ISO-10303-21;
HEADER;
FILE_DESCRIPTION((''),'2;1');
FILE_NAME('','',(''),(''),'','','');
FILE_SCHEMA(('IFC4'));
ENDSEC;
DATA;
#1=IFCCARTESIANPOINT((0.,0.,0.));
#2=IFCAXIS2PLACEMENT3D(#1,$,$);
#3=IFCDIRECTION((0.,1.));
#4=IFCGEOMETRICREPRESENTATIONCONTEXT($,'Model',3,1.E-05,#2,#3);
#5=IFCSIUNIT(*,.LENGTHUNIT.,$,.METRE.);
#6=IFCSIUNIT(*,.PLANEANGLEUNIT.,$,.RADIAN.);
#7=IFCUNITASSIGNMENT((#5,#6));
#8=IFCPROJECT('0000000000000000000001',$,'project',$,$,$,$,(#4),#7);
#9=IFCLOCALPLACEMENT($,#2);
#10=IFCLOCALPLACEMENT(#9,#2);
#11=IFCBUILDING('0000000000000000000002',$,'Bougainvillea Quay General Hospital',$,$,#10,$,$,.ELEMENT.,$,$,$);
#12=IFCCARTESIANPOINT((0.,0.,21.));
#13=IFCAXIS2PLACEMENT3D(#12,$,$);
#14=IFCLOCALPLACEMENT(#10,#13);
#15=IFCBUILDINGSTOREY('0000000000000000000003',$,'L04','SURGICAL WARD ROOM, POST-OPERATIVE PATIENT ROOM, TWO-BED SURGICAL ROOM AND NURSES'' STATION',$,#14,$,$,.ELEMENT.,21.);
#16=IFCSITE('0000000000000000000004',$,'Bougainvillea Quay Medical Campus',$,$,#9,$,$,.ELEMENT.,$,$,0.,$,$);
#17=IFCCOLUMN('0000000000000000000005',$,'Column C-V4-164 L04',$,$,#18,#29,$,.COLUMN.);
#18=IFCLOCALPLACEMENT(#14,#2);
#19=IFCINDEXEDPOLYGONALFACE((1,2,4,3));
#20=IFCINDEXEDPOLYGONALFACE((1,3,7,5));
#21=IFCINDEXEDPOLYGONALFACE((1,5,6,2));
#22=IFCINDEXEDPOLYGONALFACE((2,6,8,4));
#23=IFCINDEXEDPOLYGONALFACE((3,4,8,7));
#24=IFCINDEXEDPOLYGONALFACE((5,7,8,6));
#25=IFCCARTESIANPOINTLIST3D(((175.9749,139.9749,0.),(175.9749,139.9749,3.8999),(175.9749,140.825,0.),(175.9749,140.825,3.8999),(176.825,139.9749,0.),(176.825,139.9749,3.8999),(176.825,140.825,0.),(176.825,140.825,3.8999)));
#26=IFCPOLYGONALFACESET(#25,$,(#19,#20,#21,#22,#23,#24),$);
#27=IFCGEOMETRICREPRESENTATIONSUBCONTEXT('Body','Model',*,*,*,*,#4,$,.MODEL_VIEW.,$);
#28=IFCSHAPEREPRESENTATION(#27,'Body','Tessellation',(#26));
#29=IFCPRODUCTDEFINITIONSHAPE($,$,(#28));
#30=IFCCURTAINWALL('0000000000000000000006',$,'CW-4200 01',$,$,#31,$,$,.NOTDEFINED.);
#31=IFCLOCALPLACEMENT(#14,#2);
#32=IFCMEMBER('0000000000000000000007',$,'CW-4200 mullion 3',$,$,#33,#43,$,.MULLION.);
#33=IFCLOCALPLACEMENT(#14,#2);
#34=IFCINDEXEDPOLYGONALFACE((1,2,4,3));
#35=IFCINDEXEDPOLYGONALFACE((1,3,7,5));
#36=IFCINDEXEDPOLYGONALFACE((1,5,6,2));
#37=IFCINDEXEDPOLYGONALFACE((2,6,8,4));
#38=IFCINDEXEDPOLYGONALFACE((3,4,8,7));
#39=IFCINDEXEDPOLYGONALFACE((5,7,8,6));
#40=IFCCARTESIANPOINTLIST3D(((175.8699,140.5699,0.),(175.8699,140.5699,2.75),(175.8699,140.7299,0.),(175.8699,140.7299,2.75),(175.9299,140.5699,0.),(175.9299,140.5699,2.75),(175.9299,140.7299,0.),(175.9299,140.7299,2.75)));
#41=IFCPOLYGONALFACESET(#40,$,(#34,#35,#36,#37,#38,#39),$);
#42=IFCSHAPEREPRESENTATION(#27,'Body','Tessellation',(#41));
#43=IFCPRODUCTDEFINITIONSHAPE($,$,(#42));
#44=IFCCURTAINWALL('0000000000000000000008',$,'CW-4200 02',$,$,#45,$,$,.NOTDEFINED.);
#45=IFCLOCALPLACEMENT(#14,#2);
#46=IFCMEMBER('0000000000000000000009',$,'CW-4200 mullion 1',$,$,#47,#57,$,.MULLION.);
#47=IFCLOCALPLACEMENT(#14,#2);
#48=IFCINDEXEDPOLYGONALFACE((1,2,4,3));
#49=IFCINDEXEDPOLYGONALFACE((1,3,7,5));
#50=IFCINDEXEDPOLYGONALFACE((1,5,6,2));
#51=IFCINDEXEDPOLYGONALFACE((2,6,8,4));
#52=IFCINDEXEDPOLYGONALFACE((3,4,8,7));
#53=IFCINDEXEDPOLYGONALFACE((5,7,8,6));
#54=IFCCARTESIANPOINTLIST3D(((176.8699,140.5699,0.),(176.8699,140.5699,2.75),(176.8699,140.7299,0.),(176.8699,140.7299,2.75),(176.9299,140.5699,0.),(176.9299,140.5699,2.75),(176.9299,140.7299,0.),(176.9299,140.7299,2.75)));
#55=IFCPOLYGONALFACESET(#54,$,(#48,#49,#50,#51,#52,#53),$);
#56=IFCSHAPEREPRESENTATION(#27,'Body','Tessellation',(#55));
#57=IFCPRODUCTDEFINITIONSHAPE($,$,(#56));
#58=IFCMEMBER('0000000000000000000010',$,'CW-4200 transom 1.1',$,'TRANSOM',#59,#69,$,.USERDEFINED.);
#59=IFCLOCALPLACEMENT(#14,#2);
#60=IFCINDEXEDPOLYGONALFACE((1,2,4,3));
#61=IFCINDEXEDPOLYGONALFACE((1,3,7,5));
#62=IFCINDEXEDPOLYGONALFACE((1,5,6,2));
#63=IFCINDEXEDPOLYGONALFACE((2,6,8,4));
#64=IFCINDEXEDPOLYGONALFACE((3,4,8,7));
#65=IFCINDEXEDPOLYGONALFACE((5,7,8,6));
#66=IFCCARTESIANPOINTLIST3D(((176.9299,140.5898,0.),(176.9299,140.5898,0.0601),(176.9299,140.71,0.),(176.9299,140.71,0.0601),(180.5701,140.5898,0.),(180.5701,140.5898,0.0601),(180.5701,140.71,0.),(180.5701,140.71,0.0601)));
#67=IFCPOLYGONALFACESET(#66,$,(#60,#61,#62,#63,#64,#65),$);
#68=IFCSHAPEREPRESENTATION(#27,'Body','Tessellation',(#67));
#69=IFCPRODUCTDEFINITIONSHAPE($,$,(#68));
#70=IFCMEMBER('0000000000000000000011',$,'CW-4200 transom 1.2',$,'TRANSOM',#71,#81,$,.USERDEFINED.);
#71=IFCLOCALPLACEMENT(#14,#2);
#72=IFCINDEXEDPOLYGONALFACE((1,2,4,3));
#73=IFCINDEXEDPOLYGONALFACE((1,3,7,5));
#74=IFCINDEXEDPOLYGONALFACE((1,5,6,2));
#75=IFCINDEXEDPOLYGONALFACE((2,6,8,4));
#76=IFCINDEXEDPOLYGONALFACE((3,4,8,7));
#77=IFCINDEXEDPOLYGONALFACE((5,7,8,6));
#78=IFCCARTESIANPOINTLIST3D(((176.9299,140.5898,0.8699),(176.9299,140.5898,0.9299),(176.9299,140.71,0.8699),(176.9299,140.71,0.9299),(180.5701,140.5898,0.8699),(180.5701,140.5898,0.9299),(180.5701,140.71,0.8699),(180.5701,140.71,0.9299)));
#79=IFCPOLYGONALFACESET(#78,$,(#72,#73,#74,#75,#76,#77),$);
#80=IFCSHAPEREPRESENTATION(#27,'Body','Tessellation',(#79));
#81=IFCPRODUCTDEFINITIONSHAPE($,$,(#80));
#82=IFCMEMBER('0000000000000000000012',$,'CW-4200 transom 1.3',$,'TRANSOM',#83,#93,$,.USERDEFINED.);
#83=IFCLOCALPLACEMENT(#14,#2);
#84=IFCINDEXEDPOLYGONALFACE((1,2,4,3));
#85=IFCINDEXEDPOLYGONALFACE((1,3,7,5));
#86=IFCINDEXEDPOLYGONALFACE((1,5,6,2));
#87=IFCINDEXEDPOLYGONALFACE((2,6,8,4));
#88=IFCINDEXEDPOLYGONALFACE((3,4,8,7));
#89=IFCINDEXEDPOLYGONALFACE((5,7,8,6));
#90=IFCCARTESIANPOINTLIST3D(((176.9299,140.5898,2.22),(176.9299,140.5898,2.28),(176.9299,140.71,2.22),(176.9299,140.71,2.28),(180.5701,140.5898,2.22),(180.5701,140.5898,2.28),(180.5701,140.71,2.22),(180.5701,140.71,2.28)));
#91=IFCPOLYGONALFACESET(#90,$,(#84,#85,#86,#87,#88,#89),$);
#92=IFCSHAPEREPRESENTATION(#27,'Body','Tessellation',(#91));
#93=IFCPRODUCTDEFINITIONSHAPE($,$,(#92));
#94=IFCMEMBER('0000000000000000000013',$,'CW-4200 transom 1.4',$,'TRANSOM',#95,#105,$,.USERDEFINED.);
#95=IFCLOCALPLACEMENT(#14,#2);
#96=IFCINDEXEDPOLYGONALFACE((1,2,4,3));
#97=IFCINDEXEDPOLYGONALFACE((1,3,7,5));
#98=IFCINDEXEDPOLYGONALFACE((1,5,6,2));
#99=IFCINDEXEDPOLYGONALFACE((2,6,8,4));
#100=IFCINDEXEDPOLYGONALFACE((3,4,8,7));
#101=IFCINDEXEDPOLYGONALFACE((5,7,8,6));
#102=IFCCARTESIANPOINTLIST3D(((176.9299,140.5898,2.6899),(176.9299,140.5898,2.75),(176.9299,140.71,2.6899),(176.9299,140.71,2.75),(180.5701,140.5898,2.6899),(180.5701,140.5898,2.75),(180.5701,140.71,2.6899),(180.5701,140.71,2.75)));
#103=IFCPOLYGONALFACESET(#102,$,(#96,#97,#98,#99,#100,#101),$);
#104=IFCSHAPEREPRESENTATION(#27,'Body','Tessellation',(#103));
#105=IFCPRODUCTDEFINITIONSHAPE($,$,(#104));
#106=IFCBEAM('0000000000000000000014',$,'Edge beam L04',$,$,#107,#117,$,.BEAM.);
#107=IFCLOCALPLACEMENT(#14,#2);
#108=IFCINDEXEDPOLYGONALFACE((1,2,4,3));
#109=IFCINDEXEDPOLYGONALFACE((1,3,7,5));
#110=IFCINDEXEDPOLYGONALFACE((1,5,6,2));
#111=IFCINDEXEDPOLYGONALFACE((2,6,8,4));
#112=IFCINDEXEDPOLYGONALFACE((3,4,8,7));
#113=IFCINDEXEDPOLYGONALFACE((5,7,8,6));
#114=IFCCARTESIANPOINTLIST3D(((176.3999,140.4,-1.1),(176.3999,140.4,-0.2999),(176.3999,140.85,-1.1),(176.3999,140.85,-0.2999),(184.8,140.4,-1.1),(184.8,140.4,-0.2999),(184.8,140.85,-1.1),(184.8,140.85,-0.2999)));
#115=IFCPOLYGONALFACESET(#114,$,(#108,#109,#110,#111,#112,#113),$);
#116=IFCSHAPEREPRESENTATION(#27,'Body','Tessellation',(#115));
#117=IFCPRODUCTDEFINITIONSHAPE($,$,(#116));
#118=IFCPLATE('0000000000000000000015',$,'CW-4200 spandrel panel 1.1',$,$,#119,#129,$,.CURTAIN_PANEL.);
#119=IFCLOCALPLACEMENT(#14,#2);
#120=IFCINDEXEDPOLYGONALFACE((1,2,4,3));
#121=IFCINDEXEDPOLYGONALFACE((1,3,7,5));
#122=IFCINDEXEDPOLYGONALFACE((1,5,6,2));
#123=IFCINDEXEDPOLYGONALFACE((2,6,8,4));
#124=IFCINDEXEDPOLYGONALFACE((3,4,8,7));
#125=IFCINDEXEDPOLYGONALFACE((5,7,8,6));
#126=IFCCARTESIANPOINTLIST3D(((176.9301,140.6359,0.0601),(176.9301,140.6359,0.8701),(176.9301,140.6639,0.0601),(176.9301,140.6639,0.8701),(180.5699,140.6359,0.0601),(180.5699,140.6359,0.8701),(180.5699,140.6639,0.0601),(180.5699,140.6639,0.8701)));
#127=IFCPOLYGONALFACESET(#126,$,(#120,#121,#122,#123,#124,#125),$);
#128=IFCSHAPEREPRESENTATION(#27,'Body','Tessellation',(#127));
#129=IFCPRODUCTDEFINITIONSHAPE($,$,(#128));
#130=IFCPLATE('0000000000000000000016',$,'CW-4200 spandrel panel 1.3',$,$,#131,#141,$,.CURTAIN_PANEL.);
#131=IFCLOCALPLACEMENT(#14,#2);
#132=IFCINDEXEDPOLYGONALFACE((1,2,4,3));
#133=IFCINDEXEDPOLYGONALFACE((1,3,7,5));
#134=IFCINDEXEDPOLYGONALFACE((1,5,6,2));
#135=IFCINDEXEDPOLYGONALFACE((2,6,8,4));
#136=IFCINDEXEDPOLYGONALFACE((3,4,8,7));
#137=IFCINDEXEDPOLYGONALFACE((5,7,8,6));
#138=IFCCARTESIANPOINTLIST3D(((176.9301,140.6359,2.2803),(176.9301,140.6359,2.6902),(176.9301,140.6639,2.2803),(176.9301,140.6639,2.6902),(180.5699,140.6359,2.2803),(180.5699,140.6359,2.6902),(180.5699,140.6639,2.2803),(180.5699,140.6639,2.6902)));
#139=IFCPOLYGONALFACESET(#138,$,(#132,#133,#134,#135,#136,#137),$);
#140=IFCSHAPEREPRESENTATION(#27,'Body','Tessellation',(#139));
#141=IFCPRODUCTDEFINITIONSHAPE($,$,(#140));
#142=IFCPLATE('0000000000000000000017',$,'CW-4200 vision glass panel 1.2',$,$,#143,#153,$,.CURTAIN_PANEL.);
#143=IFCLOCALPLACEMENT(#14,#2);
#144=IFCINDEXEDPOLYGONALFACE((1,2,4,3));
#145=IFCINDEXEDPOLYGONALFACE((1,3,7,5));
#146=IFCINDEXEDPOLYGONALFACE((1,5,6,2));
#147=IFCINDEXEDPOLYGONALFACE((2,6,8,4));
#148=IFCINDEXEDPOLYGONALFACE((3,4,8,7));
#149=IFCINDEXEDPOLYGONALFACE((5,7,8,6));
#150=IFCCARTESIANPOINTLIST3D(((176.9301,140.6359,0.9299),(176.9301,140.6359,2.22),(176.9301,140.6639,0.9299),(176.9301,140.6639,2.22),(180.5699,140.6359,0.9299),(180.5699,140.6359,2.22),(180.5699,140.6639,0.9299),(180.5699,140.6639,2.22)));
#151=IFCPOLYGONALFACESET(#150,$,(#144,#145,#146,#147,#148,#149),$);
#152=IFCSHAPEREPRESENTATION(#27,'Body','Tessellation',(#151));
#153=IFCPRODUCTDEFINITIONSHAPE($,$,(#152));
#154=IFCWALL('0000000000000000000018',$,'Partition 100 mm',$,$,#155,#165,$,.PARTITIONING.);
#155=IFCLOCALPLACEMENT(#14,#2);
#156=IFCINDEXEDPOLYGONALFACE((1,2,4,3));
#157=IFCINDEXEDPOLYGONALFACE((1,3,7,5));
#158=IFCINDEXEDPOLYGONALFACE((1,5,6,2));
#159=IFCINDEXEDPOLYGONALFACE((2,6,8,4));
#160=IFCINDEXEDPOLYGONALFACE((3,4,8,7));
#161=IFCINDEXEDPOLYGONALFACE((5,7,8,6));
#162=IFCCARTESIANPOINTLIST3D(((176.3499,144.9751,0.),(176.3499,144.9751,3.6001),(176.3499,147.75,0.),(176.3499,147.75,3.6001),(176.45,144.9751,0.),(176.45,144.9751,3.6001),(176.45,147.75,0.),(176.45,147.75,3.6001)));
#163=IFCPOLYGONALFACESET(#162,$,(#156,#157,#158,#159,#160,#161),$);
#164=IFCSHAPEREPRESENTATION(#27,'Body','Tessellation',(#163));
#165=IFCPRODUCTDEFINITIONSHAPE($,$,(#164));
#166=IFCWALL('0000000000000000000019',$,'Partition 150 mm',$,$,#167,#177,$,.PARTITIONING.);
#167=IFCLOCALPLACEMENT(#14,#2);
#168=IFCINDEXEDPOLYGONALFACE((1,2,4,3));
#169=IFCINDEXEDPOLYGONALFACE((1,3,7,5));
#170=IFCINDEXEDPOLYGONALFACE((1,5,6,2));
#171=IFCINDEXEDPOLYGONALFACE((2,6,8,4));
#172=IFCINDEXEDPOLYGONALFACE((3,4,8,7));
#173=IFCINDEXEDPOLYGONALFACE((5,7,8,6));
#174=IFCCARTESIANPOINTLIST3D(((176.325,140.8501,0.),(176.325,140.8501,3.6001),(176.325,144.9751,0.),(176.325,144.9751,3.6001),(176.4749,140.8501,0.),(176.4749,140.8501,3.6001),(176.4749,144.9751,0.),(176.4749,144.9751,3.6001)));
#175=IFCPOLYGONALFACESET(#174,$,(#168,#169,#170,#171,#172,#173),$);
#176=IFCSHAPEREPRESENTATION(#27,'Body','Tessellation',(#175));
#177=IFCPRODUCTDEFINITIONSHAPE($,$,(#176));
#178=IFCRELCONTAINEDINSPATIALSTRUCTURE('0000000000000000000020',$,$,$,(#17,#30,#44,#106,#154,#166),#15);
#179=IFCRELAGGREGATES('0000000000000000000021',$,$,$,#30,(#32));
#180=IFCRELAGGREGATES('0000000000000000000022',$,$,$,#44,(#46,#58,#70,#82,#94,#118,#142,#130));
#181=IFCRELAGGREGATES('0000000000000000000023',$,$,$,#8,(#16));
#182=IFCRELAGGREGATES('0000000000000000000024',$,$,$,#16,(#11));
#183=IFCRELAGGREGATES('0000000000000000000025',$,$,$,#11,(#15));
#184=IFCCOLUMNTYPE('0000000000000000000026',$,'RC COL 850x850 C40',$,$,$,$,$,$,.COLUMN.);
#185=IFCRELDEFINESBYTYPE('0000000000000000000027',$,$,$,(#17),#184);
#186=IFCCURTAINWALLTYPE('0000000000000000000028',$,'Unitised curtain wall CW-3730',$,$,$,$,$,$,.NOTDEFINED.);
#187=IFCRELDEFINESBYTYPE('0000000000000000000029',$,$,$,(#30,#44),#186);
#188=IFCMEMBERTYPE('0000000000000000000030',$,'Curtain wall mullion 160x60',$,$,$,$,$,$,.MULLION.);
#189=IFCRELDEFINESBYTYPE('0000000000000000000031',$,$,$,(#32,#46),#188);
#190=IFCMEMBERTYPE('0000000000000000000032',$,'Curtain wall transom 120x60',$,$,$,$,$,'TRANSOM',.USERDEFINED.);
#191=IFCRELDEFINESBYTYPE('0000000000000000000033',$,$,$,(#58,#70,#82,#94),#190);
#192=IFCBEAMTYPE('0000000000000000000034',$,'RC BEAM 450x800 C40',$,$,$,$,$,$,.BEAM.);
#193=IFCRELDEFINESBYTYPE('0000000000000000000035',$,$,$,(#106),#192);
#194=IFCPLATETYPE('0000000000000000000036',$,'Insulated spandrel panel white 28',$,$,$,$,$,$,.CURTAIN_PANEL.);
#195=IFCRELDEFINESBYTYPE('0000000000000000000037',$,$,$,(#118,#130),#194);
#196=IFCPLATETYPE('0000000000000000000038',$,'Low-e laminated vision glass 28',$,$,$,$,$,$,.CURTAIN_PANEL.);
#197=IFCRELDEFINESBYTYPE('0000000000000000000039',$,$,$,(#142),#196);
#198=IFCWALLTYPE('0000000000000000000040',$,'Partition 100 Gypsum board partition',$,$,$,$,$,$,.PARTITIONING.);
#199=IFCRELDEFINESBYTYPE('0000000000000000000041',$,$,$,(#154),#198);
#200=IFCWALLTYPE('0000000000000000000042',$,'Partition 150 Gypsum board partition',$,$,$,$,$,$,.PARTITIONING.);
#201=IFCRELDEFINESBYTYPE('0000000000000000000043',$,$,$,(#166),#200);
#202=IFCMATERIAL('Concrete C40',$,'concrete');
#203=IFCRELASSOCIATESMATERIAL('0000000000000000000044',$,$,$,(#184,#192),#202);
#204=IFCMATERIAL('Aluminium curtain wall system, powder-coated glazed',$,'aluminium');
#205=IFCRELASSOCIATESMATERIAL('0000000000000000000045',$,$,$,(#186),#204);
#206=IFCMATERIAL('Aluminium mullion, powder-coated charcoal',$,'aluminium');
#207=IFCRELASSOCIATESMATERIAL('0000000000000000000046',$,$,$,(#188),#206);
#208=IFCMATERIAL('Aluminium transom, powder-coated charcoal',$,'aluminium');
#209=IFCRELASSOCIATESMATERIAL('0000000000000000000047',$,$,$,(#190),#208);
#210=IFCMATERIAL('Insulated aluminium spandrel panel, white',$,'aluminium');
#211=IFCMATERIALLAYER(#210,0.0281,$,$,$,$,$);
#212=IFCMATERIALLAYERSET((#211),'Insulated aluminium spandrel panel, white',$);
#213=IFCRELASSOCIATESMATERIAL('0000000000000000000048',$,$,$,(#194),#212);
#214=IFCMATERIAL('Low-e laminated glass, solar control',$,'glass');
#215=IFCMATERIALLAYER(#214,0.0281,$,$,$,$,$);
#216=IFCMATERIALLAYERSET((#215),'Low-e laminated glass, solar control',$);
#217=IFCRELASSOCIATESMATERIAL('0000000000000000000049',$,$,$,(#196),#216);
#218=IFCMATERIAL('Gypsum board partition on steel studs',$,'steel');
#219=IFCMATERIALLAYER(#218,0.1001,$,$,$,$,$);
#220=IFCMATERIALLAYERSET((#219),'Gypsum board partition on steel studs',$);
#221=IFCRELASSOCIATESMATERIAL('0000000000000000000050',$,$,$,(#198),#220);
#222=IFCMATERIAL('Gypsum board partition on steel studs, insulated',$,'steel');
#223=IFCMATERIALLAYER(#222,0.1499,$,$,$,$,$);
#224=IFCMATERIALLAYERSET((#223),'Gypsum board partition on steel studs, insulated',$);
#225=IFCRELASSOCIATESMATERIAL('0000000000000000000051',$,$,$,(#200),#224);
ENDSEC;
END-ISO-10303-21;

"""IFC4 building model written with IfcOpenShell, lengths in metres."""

from ifc_helpers import new_model, si_unit, direction, frame, frame_2d, origin, origin_2d, place, context, subcontext, project, spatial, rectangle, extrude, material, layer, layer_set, material_profile, profile_set, type_object, element, aggregate, save


model = new_model("IFC4")

# Units and contexts
model_context = context("Model", 3, precision=1e-05, world=origin(), true_north=direction((0.0, 1.0)))
body_context = subcontext(model_context, "Body", "Model", "MODEL_VIEW")
ifc_project = project(units=[si_unit("LENGTHUNIT", "METRE"), si_unit("PLANEANGLEUNIT", "RADIAN")], contexts=[model_context])

# Site, building, storey
site_placement = place(None, origin())
site = spatial("IfcSite", under=ifc_project, at=site_placement, Name="Bougainvillea Quay Medical Campus", CompositionType="ELEMENT", RefElevation=0.0)
building_placement = place(site_placement, origin())
building = spatial("IfcBuilding", under=site, at=building_placement, Name="Bougainvillea Quay General Hospital", CompositionType="ELEMENT")
storey_placement = place(building_placement, frame((0.0, 0.0, 21.0)))
storey = spatial("IfcBuildingStorey", under=building, at=storey_placement, Name="L04", Description="SURGICAL WARD ROOM, POST-OPERATIVE PATIENT ROOM, TWO-BED SURGICAL ROOM AND NURSES' STATION", CompositionType="ELEMENT", Elevation=21.0)

# Column
ifc_material_1 = material(Name="Concrete C40", Category="concrete")
ifc_material_profile_1 = material_profile(ifc_material_1, rectangle(XDim=0.8501, YDim=0.8501, at=origin_2d()))
ifc_profile_set_1 = profile_set([ifc_material_profile_1], Name="Concrete C40")
column_type = type_object("IfcColumnType", Name="RC COL 850x850 C40", PredefinedType="COLUMN", material=ifc_profile_set_1)
column_placement = place(storey_placement, frame((176.3999, 140.3999, 0.0), z_axis=(0.0, 0.0, 1.0), x_axis=(1.0, 0.0, 0.0)))
element("IfcColumn", 1, at=column_placement, inside=storey, type_object=column_type, Name="Column C-V4-164 L04", PredefinedType="COLUMN", context=body_context, shape_type="SweptSolid", body=[
    extrude(rectangle(XDim=0.8501, YDim=0.8501, at=origin_2d()), origin(), (0.0, 0.0, 1.0), 3.8999),
])

# Curtain wall, member
ifc_material_2 = material(Name="Aluminium curtain wall system, powder-coated glazed", Category="aluminium")
curtain_wall_type = type_object("IfcCurtainWallType", Name="Unitised curtain wall CW-3730", PredefinedType="NOTDEFINED", material=ifc_material_2)
curtain_wall_1_placement = place(storey_placement, origin())
curtain_wall_1 = element("IfcCurtainWall", 2, at=curtain_wall_1_placement, inside=storey, type_object=curtain_wall_type, Name="CW-4200 01", PredefinedType="NOTDEFINED")
ifc_material_3 = material(Name="Aluminium mullion, powder-coated charcoal", Category="aluminium")
ifc_material_profile_2 = material_profile(ifc_material_3, rectangle(XDim=0.1599, YDim=0.0601, at=origin_2d()))
ifc_profile_set_2 = profile_set([ifc_material_profile_2], Name="Aluminium mullion, powder-coated charcoal")
member_type_1 = type_object("IfcMemberType", Name="Curtain wall mullion 160x60", PredefinedType="MULLION", material=ifc_profile_set_2)
member_1_placement = place(storey_placement, frame((175.8999, 140.6499, 0.0), z_axis=(0.0, 0.0, 1.0), x_axis=(0.0, 1.0, 0.0)))
member_1 = element("IfcMember", 3, at=member_1_placement, type_object=member_type_1, Name="CW-4200 mullion 3", PredefinedType="MULLION", context=body_context, shape_type="SweptSolid", body=[
    extrude(rectangle(XDim=0.1599, YDim=0.0601, at=origin_2d()), origin(), (0.0, 0.0, 1.0), 2.75),
])
aggregate(curtain_wall_1, [member_1])

# Curtain wall, members
curtain_wall_2_placement = place(storey_placement, origin())
curtain_wall_2 = element("IfcCurtainWall", 4, at=curtain_wall_2_placement, inside=storey, type_object=curtain_wall_type, Name="CW-4200 02", PredefinedType="NOTDEFINED")
member_2_placement = place(storey_placement, frame((176.8999, 140.6499, 0.0), z_axis=(0.0, 0.0, 1.0), x_axis=(0.0, 1.0, 0.0)))
member_2 = element("IfcMember", 5, at=member_2_placement, type_object=member_type_1, Name="CW-4200 mullion 1", PredefinedType="MULLION", context=body_context, shape_type="SweptSolid", body=[
    extrude(rectangle(XDim=0.1599, YDim=0.0601, at=origin_2d()), origin(), (0.0, 0.0, 1.0), 2.75),
])
ifc_material_4 = material(Name="Aluminium transom, powder-coated charcoal", Category="aluminium")
ifc_material_profile_3 = material_profile(ifc_material_4, rectangle(XDim=0.1201, YDim=0.0601, at=origin_2d()))
ifc_profile_set_3 = profile_set([ifc_material_profile_3], Name="Aluminium transom, powder-coated charcoal")
member_type_2 = type_object("IfcMemberType", Name="Curtain wall transom 120x60", ElementType="TRANSOM", PredefinedType="USERDEFINED", material=ifc_profile_set_3)
member_3_placement = place(storey_placement, frame((176.9299, 140.6499, 0.03), z_axis=(1.0, 0.0, 0.0), x_axis=(0.0, 1.0, 0.0)))
member_3 = element("IfcMember", 6, at=member_3_placement, type_object=member_type_2, Name="CW-4200 transom 1.1", ObjectType="TRANSOM", PredefinedType="USERDEFINED", context=body_context, shape_type="SweptSolid", body=[
    extrude(rectangle(XDim=0.1201, YDim=0.0601, at=origin_2d()), origin(), (0.0, 0.0, 1.0), 3.6401),
])
member_4_placement = place(storey_placement, frame((176.9299, 140.6499, 0.8999), z_axis=(1.0, 0.0, 0.0), x_axis=(0.0, 1.0, 0.0)))
member_4 = element("IfcMember", 7, at=member_4_placement, type_object=member_type_2, Name="CW-4200 transom 1.2", ObjectType="TRANSOM", PredefinedType="USERDEFINED", context=body_context, shape_type="SweptSolid", body=[
    extrude(rectangle(XDim=0.1201, YDim=0.0601, at=origin_2d()), origin(), (0.0, 0.0, 1.0), 3.6401),
])
member_5_placement = place(storey_placement, frame((176.9299, 140.6499, 2.25), z_axis=(1.0, 0.0, 0.0), x_axis=(0.0, 1.0, 0.0)))
member_5 = element("IfcMember", 8, at=member_5_placement, type_object=member_type_2, Name="CW-4200 transom 1.3", ObjectType="TRANSOM", PredefinedType="USERDEFINED", context=body_context, shape_type="SweptSolid", body=[
    extrude(rectangle(XDim=0.1201, YDim=0.0601, at=origin_2d()), origin(), (0.0, 0.0, 1.0), 3.6401),
])
member_6_placement = place(storey_placement, frame((176.9299, 140.6499, 2.72), z_axis=(1.0, 0.0, 0.0), x_axis=(0.0, 1.0, 0.0)))
member_6 = element("IfcMember", 9, at=member_6_placement, type_object=member_type_2, Name="CW-4200 transom 1.4", ObjectType="TRANSOM", PredefinedType="USERDEFINED", context=body_context, shape_type="SweptSolid", body=[
    extrude(rectangle(XDim=0.1201, YDim=0.0601, at=origin_2d()), origin(), (0.0, 0.0, 1.0), 3.6401),
])

# Beam
ifc_material_profile_4 = material_profile(ifc_material_1, rectangle(XDim=0.45, YDim=0.8, at=origin_2d()))
ifc_profile_set_4 = profile_set([ifc_material_profile_4], Name="Concrete C40")
beam_type = type_object("IfcBeamType", Name="RC BEAM 450x800 C40", PredefinedType="BEAM", material=ifc_profile_set_4)
beam_placement = place(storey_placement, frame((176.3999, 140.625, -0.7), z_axis=(1.0, 0.0, 0.0), x_axis=(0.0, 1.0, 0.0)))
element("IfcBeam", 10, at=beam_placement, inside=storey, type_object=beam_type, Name="Edge beam L04", PredefinedType="BEAM", context=body_context, shape_type="SweptSolid", body=[
    extrude(rectangle(XDim=0.45, YDim=0.8, at=origin_2d()), origin(), (0.0, 0.0, 1.0), 8.4001),
])

# Plates
ifc_material_5 = material(Name="Insulated aluminium spandrel panel, white", Category="aluminium")
ifc_layer_1 = layer(ifc_material_5, 0.0281)
ifc_layer_set_1 = layer_set([ifc_layer_1], Name="Insulated aluminium spandrel panel, white")
plate_type_1 = type_object("IfcPlateType", Name="Insulated spandrel panel white 28", PredefinedType="CURTAIN_PANEL", material=ifc_layer_set_1)
plate_1_placement = place(storey_placement, frame((178.75, 140.6499, 0.0601), z_axis=(0.0, 0.0, 1.0), x_axis=(1.0, 0.0, 0.0)))
plate_1 = element("IfcPlate", 11, at=plate_1_placement, type_object=plate_type_1, Name="CW-4200 spandrel panel 1.1", PredefinedType="CURTAIN_PANEL", context=body_context, shape_type="SweptSolid", body=[
    extrude(rectangle(XDim=3.6399, YDim=0.0281, at=origin_2d()), origin(), (0.0, 0.0, 1.0), 0.8101),
])
plate_2_placement = place(storey_placement, frame((178.75, 140.6499, 2.2803), z_axis=(0.0, 0.0, 1.0), x_axis=(1.0, 0.0, 0.0)))
plate_2 = element("IfcPlate", 12, at=plate_2_placement, type_object=plate_type_1, Name="CW-4200 spandrel panel 1.3", PredefinedType="CURTAIN_PANEL", context=body_context, shape_type="SweptSolid", body=[
    extrude(rectangle(XDim=3.6399, YDim=0.0281, at=origin_2d()), origin(), (0.0, 0.0, 1.0), 0.4099),
])
ifc_material_6 = material(Name="Low-e laminated glass, solar control", Category="glass")
ifc_layer_2 = layer(ifc_material_6, 0.0281)
ifc_layer_set_2 = layer_set([ifc_layer_2], Name="Low-e laminated glass, solar control")
plate_type_2 = type_object("IfcPlateType", Name="Low-e laminated vision glass 28", PredefinedType="CURTAIN_PANEL", material=ifc_layer_set_2)
plate_3_placement = place(storey_placement, frame((178.75, 140.6499, 0.9299), z_axis=(0.0, 0.0, 1.0), x_axis=(1.0, 0.0, 0.0)))
plate_3 = element("IfcPlate", 13, at=plate_3_placement, type_object=plate_type_2, Name="CW-4200 vision glass panel 1.2", PredefinedType="CURTAIN_PANEL", context=body_context, shape_type="SweptSolid", body=[
    extrude(rectangle(XDim=3.6399, YDim=0.0281, at=origin_2d()), origin(), (0.0, 0.0, 1.0), 1.29),
])
aggregate(curtain_wall_2, [member_2, member_3, member_4, member_5, member_6, plate_1, plate_3, plate_2])

# Walls
ifc_material_7 = material(Name="Gypsum board partition on steel studs", Category="steel")
ifc_layer_3 = layer(ifc_material_7, 0.1001)
ifc_layer_set_3 = layer_set([ifc_layer_3], Name="Gypsum board partition on steel studs")
wall_type_1 = type_object("IfcWallType", Name="Partition 100 Gypsum board partition", PredefinedType="PARTITIONING", material=ifc_layer_set_3)
wall_1_placement = place(storey_placement, frame((176.3999, 144.9751, 0.0), z_axis=(0.0, 0.0, 1.0), x_axis=(0.0, 1.0, 0.0)))
element("IfcWall", 14, at=wall_1_placement, inside=storey, type_object=wall_type_1, Name="Partition 100 mm", PredefinedType="PARTITIONING", context=body_context, shape_type="SweptSolid", body=[
    extrude(rectangle(XDim=2.7749, YDim=0.1001, at=frame_2d((1.3875, 0.0))), origin(), (0.0, 0.0, 1.0), 3.6001),
])
ifc_material_8 = material(Name="Gypsum board partition on steel studs, insulated", Category="steel")
ifc_layer_4 = layer(ifc_material_8, 0.1499)
ifc_layer_set_4 = layer_set([ifc_layer_4], Name="Gypsum board partition on steel studs, insulated")
wall_type_2 = type_object("IfcWallType", Name="Partition 150 Gypsum board partition", PredefinedType="PARTITIONING", material=ifc_layer_set_4)
wall_2_placement = place(storey_placement, frame((176.3999, 140.8501, 0.0), z_axis=(0.0, 0.0, 1.0), x_axis=(0.0, 1.0, 0.0)))
element("IfcWall", 15, at=wall_2_placement, inside=storey, type_object=wall_type_2, Name="Partition 150 mm", PredefinedType="PARTITIONING", context=body_context, shape_type="SweptSolid", body=[
    extrude(rectangle(XDim=4.125, YDim=0.1499, at=frame_2d((2.0625, 0.0))), origin(), (0.0, 0.0, 1.0), 3.6001),
])

save(model, "model.ifc")
